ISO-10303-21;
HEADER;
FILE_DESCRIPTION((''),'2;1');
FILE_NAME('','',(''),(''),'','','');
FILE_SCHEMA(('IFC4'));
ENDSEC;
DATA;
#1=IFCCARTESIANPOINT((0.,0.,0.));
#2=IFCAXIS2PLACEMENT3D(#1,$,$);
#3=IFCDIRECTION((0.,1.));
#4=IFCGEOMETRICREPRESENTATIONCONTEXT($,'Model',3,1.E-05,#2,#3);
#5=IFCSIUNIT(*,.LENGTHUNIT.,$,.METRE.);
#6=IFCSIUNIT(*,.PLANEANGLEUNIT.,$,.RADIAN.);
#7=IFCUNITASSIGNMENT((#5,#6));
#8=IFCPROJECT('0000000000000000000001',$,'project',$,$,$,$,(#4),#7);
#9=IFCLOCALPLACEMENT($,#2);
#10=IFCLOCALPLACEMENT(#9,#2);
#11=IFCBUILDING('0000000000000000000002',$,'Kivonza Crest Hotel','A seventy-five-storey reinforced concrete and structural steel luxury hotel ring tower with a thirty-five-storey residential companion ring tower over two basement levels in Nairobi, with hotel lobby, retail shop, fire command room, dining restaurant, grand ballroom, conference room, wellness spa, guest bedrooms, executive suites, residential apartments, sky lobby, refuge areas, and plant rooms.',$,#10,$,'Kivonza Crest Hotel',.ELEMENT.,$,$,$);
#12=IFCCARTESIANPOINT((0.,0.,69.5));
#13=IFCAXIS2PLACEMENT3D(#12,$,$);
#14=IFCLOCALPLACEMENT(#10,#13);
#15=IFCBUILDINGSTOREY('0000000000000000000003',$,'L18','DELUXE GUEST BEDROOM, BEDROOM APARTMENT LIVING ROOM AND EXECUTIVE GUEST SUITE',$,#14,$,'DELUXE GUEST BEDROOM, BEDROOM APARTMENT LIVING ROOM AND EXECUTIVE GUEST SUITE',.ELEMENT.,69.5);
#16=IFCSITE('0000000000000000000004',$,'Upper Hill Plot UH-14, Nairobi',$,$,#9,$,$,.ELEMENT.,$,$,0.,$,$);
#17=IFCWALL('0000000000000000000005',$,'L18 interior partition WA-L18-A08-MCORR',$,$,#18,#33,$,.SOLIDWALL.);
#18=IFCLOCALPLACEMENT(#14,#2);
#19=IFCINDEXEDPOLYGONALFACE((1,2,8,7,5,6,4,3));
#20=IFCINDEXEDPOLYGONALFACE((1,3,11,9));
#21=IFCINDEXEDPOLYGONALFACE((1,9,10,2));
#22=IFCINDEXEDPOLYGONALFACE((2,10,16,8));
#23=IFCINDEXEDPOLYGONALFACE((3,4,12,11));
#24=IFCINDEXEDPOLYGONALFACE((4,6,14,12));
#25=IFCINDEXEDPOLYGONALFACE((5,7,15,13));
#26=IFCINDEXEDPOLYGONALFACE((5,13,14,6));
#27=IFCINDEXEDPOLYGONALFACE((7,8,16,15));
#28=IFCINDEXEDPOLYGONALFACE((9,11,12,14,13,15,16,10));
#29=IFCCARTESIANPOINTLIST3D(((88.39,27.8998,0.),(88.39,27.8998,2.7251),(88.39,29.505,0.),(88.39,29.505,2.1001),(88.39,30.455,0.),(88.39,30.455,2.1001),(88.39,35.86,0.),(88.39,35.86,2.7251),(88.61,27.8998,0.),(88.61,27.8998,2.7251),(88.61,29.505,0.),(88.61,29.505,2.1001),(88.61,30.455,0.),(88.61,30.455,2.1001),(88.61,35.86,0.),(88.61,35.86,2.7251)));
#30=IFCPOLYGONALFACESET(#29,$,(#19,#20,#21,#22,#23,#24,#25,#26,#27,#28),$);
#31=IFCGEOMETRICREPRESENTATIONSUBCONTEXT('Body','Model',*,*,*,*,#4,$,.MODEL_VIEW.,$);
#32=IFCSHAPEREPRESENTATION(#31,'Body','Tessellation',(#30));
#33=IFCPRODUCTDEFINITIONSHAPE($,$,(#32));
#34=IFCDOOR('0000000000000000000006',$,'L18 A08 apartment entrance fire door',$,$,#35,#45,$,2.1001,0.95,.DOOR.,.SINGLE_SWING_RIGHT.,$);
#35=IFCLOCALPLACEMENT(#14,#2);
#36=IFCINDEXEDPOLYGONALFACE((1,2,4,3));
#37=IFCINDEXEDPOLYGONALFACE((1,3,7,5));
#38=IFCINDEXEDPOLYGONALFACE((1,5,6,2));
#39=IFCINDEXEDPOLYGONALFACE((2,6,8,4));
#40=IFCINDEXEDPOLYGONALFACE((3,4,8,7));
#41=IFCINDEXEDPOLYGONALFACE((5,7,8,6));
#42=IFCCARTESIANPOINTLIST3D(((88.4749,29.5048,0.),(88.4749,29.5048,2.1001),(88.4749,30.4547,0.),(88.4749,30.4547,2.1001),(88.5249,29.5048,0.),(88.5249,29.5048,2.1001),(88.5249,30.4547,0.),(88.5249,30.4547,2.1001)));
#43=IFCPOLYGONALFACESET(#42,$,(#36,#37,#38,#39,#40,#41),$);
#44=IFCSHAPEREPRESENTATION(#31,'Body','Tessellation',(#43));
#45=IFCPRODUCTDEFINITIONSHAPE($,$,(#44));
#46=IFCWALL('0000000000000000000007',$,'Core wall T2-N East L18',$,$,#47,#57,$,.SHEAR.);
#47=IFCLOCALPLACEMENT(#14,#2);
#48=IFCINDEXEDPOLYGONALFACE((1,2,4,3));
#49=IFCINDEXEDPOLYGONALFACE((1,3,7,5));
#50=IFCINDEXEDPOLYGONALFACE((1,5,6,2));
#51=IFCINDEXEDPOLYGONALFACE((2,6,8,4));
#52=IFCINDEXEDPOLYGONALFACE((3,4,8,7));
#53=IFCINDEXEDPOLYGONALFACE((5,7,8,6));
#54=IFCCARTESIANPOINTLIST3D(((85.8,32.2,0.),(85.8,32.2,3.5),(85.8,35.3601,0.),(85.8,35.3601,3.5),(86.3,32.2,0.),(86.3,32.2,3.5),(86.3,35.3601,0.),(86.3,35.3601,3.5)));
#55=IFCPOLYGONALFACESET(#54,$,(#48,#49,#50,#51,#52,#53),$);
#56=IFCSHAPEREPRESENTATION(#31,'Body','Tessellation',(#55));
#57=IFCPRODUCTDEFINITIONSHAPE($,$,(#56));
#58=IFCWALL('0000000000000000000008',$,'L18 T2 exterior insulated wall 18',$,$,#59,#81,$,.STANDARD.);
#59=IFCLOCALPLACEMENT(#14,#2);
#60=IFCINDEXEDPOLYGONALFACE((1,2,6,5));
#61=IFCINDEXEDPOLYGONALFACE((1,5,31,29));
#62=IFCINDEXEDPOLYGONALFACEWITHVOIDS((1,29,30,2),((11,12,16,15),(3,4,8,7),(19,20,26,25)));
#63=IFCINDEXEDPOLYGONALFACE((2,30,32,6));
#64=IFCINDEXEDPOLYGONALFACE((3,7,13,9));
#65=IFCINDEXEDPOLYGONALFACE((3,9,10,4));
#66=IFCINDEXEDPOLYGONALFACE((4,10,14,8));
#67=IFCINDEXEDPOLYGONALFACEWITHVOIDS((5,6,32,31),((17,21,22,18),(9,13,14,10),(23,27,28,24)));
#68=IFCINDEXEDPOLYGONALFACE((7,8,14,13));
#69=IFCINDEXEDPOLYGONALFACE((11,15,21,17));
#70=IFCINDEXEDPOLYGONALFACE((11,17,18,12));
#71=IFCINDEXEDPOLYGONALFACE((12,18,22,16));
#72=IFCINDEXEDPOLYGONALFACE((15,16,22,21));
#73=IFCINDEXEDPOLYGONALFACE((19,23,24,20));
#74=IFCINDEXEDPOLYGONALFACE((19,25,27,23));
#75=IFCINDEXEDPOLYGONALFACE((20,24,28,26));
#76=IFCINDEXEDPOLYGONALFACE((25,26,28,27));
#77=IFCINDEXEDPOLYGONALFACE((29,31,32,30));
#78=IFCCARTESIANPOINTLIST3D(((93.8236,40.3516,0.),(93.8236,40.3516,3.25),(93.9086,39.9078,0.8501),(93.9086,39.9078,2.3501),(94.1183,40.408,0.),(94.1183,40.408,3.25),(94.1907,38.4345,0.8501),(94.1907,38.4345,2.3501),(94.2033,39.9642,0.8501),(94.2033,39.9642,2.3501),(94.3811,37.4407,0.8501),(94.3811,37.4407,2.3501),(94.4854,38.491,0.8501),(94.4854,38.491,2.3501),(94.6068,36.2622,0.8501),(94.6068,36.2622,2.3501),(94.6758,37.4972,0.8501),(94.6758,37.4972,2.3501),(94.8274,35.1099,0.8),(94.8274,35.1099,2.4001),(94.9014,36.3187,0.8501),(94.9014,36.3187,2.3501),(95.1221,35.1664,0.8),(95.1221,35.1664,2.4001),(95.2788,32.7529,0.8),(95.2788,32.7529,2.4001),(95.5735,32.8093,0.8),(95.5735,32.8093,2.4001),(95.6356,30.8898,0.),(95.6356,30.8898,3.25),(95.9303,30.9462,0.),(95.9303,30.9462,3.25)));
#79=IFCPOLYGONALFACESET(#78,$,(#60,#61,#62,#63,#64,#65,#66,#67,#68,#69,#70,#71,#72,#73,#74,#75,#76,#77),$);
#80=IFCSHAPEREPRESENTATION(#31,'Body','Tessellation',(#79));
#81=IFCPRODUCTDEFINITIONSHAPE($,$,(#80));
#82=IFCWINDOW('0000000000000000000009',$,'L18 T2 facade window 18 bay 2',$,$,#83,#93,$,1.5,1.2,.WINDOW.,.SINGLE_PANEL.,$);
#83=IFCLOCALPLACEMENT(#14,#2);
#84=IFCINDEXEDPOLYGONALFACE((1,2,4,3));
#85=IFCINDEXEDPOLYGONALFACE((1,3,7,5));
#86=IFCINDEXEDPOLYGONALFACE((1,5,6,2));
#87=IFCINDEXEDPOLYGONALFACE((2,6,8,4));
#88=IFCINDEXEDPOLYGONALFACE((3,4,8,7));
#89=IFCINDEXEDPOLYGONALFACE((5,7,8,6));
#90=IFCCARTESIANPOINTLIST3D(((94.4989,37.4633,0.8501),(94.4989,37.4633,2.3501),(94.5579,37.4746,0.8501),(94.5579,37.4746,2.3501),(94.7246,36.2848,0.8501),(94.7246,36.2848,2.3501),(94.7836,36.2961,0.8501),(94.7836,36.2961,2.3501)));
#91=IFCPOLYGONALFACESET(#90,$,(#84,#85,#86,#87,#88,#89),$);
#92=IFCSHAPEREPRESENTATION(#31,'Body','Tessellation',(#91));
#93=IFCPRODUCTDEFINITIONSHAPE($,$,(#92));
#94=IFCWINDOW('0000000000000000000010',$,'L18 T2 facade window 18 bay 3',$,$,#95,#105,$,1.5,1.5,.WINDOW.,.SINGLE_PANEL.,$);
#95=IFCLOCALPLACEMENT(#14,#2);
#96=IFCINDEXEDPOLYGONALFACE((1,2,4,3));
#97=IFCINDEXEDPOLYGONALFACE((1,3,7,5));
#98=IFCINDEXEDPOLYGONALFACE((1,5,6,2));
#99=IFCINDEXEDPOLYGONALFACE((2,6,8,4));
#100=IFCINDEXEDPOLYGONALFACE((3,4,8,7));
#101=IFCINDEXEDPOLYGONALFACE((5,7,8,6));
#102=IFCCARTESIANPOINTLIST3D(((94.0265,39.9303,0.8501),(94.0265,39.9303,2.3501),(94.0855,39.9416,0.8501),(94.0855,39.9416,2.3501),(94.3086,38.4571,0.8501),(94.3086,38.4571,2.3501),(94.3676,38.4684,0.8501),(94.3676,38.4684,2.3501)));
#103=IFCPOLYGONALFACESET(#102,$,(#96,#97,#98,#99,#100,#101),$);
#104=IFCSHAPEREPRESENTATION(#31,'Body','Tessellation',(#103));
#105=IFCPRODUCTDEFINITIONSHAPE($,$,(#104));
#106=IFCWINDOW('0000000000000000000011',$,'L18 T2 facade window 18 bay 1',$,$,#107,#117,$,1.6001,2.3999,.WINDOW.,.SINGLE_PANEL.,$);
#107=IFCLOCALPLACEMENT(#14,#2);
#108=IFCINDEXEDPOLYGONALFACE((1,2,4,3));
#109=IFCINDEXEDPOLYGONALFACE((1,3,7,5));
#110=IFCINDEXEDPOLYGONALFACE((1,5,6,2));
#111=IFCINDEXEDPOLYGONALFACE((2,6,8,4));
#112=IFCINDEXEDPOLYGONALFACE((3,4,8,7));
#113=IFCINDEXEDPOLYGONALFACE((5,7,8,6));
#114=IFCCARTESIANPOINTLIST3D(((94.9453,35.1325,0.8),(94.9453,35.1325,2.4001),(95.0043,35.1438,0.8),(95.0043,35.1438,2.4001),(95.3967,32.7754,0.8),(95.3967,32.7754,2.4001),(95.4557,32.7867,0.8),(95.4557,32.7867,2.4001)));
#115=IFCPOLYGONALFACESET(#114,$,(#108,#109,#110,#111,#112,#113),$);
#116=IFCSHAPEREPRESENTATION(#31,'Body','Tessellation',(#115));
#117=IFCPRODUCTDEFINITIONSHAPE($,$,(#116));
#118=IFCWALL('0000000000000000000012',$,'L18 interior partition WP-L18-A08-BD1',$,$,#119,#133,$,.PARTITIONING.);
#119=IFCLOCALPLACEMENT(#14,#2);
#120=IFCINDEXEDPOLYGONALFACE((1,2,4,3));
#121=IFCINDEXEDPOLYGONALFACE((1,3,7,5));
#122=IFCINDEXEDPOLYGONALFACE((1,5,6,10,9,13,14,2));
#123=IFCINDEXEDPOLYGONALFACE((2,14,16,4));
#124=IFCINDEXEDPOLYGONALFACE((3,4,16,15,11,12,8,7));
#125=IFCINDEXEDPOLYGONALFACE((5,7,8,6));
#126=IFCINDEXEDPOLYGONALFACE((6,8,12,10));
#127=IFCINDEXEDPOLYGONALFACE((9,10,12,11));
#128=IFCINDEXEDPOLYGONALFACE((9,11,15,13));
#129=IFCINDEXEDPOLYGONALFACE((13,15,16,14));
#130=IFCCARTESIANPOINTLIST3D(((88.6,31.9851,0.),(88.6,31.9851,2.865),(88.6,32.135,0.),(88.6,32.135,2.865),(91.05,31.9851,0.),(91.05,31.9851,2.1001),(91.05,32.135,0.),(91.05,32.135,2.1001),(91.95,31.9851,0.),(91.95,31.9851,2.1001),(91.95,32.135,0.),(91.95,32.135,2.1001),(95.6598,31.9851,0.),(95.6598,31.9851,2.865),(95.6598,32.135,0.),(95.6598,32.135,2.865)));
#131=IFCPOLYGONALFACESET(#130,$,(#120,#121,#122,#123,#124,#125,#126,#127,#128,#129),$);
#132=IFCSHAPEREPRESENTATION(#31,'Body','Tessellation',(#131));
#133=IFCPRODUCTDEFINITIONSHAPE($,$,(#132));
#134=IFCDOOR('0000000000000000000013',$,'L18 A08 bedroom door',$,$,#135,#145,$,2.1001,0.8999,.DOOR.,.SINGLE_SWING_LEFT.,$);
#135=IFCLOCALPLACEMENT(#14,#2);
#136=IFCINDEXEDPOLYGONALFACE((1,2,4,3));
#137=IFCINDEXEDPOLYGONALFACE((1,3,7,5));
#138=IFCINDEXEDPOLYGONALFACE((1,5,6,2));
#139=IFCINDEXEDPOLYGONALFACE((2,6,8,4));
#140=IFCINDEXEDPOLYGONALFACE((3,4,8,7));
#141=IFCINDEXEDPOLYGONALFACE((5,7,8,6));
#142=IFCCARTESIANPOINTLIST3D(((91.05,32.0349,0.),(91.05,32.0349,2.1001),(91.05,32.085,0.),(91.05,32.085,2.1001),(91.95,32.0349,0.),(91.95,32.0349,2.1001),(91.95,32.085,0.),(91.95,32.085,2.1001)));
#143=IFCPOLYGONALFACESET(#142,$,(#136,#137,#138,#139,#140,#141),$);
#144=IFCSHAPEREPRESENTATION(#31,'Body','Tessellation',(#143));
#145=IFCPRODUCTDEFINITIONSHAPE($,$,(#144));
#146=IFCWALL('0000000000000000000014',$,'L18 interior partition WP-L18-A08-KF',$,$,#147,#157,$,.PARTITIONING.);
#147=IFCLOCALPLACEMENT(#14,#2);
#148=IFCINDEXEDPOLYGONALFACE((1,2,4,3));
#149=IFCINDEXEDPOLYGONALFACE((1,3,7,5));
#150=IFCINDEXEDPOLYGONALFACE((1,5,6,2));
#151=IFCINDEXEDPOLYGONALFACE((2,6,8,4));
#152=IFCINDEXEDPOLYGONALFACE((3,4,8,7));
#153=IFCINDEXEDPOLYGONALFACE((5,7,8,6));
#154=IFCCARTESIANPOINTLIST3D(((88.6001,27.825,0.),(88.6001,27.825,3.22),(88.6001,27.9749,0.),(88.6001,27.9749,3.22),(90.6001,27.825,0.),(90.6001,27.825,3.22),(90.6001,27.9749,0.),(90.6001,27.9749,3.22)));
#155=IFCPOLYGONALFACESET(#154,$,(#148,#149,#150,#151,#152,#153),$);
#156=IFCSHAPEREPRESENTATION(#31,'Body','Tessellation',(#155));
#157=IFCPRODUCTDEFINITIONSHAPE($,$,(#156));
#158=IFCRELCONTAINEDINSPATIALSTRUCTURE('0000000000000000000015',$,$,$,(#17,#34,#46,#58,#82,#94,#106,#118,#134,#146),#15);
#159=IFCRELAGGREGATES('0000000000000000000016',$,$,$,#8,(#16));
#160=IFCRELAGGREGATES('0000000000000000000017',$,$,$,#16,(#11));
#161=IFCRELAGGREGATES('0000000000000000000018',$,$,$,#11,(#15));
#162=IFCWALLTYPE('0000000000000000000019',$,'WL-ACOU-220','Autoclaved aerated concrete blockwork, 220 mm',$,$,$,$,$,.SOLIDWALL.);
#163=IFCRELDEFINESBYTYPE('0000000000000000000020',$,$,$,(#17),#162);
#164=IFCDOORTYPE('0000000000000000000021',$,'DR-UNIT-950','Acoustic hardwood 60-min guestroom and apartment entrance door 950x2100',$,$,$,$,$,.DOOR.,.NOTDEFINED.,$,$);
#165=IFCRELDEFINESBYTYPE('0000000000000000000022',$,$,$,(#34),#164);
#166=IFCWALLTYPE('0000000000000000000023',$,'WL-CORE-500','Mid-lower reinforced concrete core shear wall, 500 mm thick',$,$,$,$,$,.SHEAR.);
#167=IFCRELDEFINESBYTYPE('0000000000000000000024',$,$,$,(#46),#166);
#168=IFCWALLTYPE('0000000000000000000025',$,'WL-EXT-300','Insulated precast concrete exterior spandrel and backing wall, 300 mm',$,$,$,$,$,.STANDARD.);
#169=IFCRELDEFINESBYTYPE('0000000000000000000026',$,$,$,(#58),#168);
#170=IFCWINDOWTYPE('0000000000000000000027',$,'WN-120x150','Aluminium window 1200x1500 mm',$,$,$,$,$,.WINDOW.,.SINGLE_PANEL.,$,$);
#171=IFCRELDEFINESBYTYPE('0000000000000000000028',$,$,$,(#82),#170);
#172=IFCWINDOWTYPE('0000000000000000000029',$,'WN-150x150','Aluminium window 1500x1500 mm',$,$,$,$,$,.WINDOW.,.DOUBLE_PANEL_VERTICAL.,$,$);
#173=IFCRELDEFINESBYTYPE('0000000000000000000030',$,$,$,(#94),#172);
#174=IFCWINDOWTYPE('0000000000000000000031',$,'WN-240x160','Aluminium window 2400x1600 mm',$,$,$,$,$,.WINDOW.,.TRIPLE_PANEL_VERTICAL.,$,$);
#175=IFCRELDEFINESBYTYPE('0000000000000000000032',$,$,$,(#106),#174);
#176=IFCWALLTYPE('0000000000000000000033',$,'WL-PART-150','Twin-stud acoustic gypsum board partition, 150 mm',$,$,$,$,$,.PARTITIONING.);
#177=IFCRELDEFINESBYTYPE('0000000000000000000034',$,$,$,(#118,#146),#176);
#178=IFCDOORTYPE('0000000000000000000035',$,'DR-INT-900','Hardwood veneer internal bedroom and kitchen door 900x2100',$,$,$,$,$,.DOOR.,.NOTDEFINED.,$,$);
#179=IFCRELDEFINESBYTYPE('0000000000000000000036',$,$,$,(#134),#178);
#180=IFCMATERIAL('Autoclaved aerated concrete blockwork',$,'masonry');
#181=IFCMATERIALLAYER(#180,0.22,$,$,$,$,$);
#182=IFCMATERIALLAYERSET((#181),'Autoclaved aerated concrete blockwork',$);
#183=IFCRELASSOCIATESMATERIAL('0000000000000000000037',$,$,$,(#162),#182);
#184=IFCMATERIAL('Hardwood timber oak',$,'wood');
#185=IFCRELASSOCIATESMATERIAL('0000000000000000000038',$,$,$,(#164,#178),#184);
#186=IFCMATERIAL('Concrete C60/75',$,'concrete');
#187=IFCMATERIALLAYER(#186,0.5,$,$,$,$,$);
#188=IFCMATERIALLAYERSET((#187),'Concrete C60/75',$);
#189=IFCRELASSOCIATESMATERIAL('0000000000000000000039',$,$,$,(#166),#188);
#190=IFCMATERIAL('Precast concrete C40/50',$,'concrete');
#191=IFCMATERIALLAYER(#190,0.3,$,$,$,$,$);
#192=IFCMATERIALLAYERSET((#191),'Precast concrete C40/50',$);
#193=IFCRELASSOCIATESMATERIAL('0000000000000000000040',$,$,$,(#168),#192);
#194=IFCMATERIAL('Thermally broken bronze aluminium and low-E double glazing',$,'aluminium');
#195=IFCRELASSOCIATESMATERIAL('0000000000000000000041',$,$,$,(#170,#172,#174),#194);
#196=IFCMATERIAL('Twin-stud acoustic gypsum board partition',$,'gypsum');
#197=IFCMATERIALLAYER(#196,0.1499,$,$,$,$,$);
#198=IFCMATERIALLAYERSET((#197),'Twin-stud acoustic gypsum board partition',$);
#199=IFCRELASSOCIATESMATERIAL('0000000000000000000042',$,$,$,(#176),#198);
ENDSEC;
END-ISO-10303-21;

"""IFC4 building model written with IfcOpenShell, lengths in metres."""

from ifc_helpers import new_model, si_unit, direction, frame, frame_2d, origin, place, context, subcontext, project, spatial, rectangle, extrude, material, layer, layer_set, type_object, element, fill, save


model = new_model("IFC4")

# Units and contexts
model_context = context("Model", 3, precision=1e-05, world=origin(), true_north=direction((0.0, 1.0)))
body_context = subcontext(model_context, "Body", "Model", "MODEL_VIEW")
ifc_project = project(units=[si_unit("LENGTHUNIT", "METRE"), si_unit("PLANEANGLEUNIT", "RADIAN")], contexts=[model_context])

# Site, building, storey
site_placement = place(None, origin())
site = spatial("IfcSite", under=ifc_project, at=site_placement, Name="Upper Hill Plot UH-14, Nairobi", CompositionType="ELEMENT", RefElevation=0.0)
building_placement = place(site_placement, origin())
building = spatial("IfcBuilding", under=site, at=building_placement, Name="Kivonza Crest Hotel", Description="A seventy-five-storey reinforced concrete and structural steel luxury hotel ring tower with a thirty-five-storey residential companion ring tower over two basement levels in Nairobi, with hotel lobby, retail shop, fire command room, dining restaurant, grand ballroom, conference room, wellness spa, guest bedrooms, executive suites, residential apartments, sky lobby, refuge areas, and plant rooms.", LongName="Kivonza Crest Hotel", CompositionType="ELEMENT")
storey_placement = place(building_placement, frame((0.0, 0.0, 69.5)))
storey = spatial("IfcBuildingStorey", under=building, at=storey_placement, Name="L18", Description="DELUXE GUEST BEDROOM, BEDROOM APARTMENT LIVING ROOM AND EXECUTIVE GUEST SUITE", LongName="DELUXE GUEST BEDROOM, BEDROOM APARTMENT LIVING ROOM AND EXECUTIVE GUEST SUITE", CompositionType="ELEMENT", Elevation=69.5)

# Shared definitions
ifc_material_1 = material(Name="Autoclaved aerated concrete blockwork", Category="masonry")
ifc_layer_1 = layer(ifc_material_1, 0.22)
ifc_layer_set_1 = layer_set([ifc_layer_1], Name="Autoclaved aerated concrete blockwork")
wall_type_1 = type_object("IfcWallType", Name="WL-ACOU-220", Description="Autoclaved aerated concrete blockwork, 220 mm", PredefinedType="SOLIDWALL", material=ifc_layer_set_1)

# Wall, opening, door
wall_1_placement = place(storey_placement, frame((88.5, 27.8999, 0.0), z_axis=(0.0, 0.0, 1.0), x_axis=(0.0, 1.0, 0.0)))
wall_1 = element("IfcWall", 1, at=wall_1_placement, inside=storey, type_object=wall_type_1, Name="L18 interior partition WA-L18-A08-MCORR", PredefinedType="SOLIDWALL", context=body_context, shape_type="SweptSolid", body=[
    extrude(rectangle(XDim=7.9602, YDim=0.22, at=frame_2d((3.98, 0.0))), origin(), (0.0, 0.0, 1.0), 2.7251),
])
opening_1_placement = place(wall_1_placement, frame((1.605, 0.0, 0.0)))
opening_1 = element("IfcOpeningElement", 2, at=opening_1_placement, cuts=wall_1, PredefinedType="OPENING", context=body_context, shape_type="SweptSolid", body=[
    extrude(rectangle(XDim=0.95, YDim=2.1001, at=frame_2d((0.4751, 1.05))), frame((0.0, 0.1201, 0.0), z_axis=(0.0, -1.0, 0.0), x_axis=(1.0, 0.0, 0.0)), (0.0, 0.0, 1.0), 0.24),
])
ifc_material_2 = material(Name="Hardwood timber oak", Category="wood")
door_type_1 = type_object("IfcDoorType", Name="DR-UNIT-950", Description="Acoustic hardwood 60-min guestroom and apartment entrance door 950x2100", OperationType="NOTDEFINED", PredefinedType="DOOR", material=ifc_material_2)
door_1_placement = place(opening_1_placement, frame((0.95, 0.0, 0.0), z_axis=(0.0, 0.0, 1.0), x_axis=(-1.0, 0.0, 0.0)))
door_1 = element("IfcDoor", 3, at=door_1_placement, inside=storey, type_object=door_type_1, Name="L18 A08 apartment entrance fire door", OperationType="SINGLE_SWING_RIGHT", OverallHeight=2.1001, OverallWidth=0.95, PredefinedType="DOOR", context=body_context, shape_type="SweptSolid", body=[
    extrude(rectangle(XDim=0.95, YDim=2.1001, at=frame_2d((0.4751, 1.05))), frame((0.0, 0.0249, 0.0), z_axis=(0.0, -1.0, 0.0), x_axis=(1.0, 0.0, 0.0)), (0.0, 0.0, 1.0), 0.05),
])
fill(opening_1, door_1)

# Wall
ifc_material_3 = material(Name="Concrete C60/75", Category="concrete")
ifc_layer_2 = layer(ifc_material_3, 0.5)
ifc_layer_set_2 = layer_set([ifc_layer_2], Name="Concrete C60/75")
wall_type_2 = type_object("IfcWallType", Name="WL-CORE-500", Description="Mid-lower reinforced concrete core shear wall, 500 mm thick", PredefinedType="SHEAR", material=ifc_layer_set_2)
wall_2_placement = place(storey_placement, frame((86.05, 32.2, 0.0), z_axis=(0.0, 0.0, 1.0), x_axis=(0.0, 1.0, 0.0)))
element("IfcWall", 4, at=wall_2_placement, inside=storey, type_object=wall_type_2, Name="Core wall T2-N East L18", PredefinedType="SHEAR", context=body_context, shape_type="SweptSolid", body=[
    extrude(rectangle(XDim=3.1602, YDim=0.5, at=frame_2d((1.5801, 0.0))), origin(), (0.0, 0.0, 1.0), 3.5),
])

# Wall, openings, windows
ifc_material_4 = material(Name="Precast concrete C40/50", Category="concrete")
ifc_layer_3 = layer(ifc_material_4, 0.3)
ifc_layer_set_3 = layer_set([ifc_layer_3], Name="Precast concrete C40/50")
wall_type_3 = type_object("IfcWallType", Name="WL-EXT-300", Description="Insulated precast concrete exterior spandrel and backing wall, 300 mm", PredefinedType="STANDARD", material=ifc_layer_set_3)
wall_3_placement = place(storey_placement, frame((95.783, 30.918, 0.0), z_axis=(0.0, 0.0, 1.0), x_axis=(-0.188088, 0.982152, 0.0)))
wall_3 = element("IfcWall", 5, at=wall_3_placement, inside=storey, type_object=wall_type_3, Name="L18 T2 exterior insulated wall 18", PredefinedType="STANDARD", context=body_context, shape_type="SweptSolid", body=[
    extrude(rectangle(XDim=9.6338, YDim=0.3, at=frame_2d((4.8169, 0.0))), origin(), (0.0, 0.0, 1.0), 3.25),
])
opening_2_placement = place(wall_3_placement, frame((1.897, 0.0, 0.8)))
opening_2 = element("IfcOpeningElement", 6, at=opening_2_placement, cuts=wall_3, PredefinedType="OPENING", context=body_context, shape_type="SweptSolid", body=[
    extrude(rectangle(XDim=2.3999, YDim=1.6001, at=frame_2d((1.2, 0.8))), frame((0.0, 0.1602, 0.0), z_axis=(0.0, -1.0, 0.0), x_axis=(1.0, 0.0, 0.0)), (0.0, 0.0, 1.0), 0.3201),
])
opening_3_placement = place(wall_3_placement, frame((5.47, 0.0, 0.8501)))
opening_3 = element("IfcOpeningElement", 7, at=opening_3_placement, cuts=wall_3, PredefinedType="OPENING", context=body_context, shape_type="SweptSolid", body=[
    extrude(rectangle(XDim=1.2, YDim=1.5, at=frame_2d((0.6001, 0.75))), frame((0.0, 0.1602, 0.0), z_axis=(0.0, -1.0, 0.0), x_axis=(1.0, 0.0, 0.0)), (0.0, 0.0, 1.0), 0.3201),
])
opening_4_placement = place(wall_3_placement, frame((7.6819, 0.0, 0.8501)))
opening_4 = element("IfcOpeningElement", 8, at=opening_4_placement, cuts=wall_3, PredefinedType="OPENING", context=body_context, shape_type="SweptSolid", body=[
    extrude(rectangle(XDim=1.5, YDim=1.5, at=frame_2d((0.75, 0.75))), frame((0.0, 0.1602, 0.0), z_axis=(0.0, -1.0, 0.0), x_axis=(1.0, 0.0, 0.0)), (0.0, 0.0, 1.0), 0.3201),
])
ifc_material_5 = material(Name="Thermally broken bronze aluminium and low-E double glazing", Category="aluminium")
window_type_1 = type_object("IfcWindowType", Name="WN-120x150", Description="Aluminium window 1200x1500 mm", PartitioningType="SINGLE_PANEL", PredefinedType="WINDOW", material=ifc_material_5)
window_1_placement = place(opening_3_placement, origin())
window_1 = element("IfcWindow", 9, at=window_1_placement, inside=storey, type_object=window_type_1, Name="L18 T2 facade window 18 bay 2", OverallHeight=1.5, OverallWidth=1.2, PartitioningType="SINGLE_PANEL", PredefinedType="WINDOW", context=body_context, shape_type="SweptSolid", body=[
    extrude(rectangle(XDim=1.2, YDim=1.5, at=frame_2d((0.6001, 0.75))), frame((0.0, 0.03, 0.0), z_axis=(0.0, -1.0, 0.0), x_axis=(1.0, 0.0, 0.0)), (0.0, 0.0, 1.0), 0.0601),
])
fill(opening_3, window_1)
window_type_2 = type_object("IfcWindowType", Name="WN-150x150", Description="Aluminium window 1500x1500 mm", PartitioningType="DOUBLE_PANEL_VERTICAL", PredefinedType="WINDOW", material=ifc_material_5)
window_2_placement = place(opening_4_placement, origin())
window_2 = element("IfcWindow", 10, at=window_2_placement, inside=storey, type_object=window_type_2, Name="L18 T2 facade window 18 bay 3", OverallHeight=1.5, OverallWidth=1.5, PartitioningType="SINGLE_PANEL", PredefinedType="WINDOW", context=body_context, shape_type="SweptSolid", body=[
    extrude(rectangle(XDim=1.5, YDim=1.5, at=frame_2d((0.75, 0.75))), frame((0.0, 0.03, 0.0), z_axis=(0.0, -1.0, 0.0), x_axis=(1.0, 0.0, 0.0)), (0.0, 0.0, 1.0), 0.0601),
])
fill(opening_4, window_2)
window_type_3 = type_object("IfcWindowType", Name="WN-240x160", Description="Aluminium window 2400x1600 mm", PartitioningType="TRIPLE_PANEL_VERTICAL", PredefinedType="WINDOW", material=ifc_material_5)
window_3_placement = place(opening_2_placement, origin())
window_3 = element("IfcWindow", 11, at=window_3_placement, inside=storey, type_object=window_type_3, Name="L18 T2 facade window 18 bay 1", OverallHeight=1.6001, OverallWidth=2.3999, PartitioningType="SINGLE_PANEL", PredefinedType="WINDOW", context=body_context, shape_type="SweptSolid", body=[
    extrude(rectangle(XDim=2.3999, YDim=1.6001, at=frame_2d((1.2, 0.8))), frame((0.0, 0.03, 0.0), z_axis=(0.0, -1.0, 0.0), x_axis=(1.0, 0.0, 0.0)), (0.0, 0.0, 1.0), 0.0601),
])
fill(opening_2, window_3)

# Wall, opening, door
ifc_material_6 = material(Name="Twin-stud acoustic gypsum board partition", Category="gypsum")
ifc_layer_4 = layer(ifc_material_6, 0.1499)
ifc_layer_set_4 = layer_set([ifc_layer_4], Name="Twin-stud acoustic gypsum board partition")
wall_type_4 = type_object("IfcWallType", Name="WL-PART-150", Description="Twin-stud acoustic gypsum board partition, 150 mm", PredefinedType="PARTITIONING", material=ifc_layer_set_4)
wall_4_placement = place(storey_placement, frame((88.6001, 32.0601, 0.0), z_axis=(0.0, 0.0, 1.0), x_axis=(1.0, 0.0, 0.0)))
wall_4 = element("IfcWall", 12, at=wall_4_placement, inside=storey, type_object=wall_type_4, Name="L18 interior partition WP-L18-A08-BD1", PredefinedType="PARTITIONING", context=body_context, shape_type="SweptSolid", body=[
    extrude(rectangle(XDim=7.0598, YDim=0.1499, at=frame_2d((3.5298, 0.0))), origin(), (0.0, 0.0, 1.0), 2.865),
])
opening_5_placement = place(wall_4_placement, frame((2.45, 0.0, 0.0)))
opening_5 = element("IfcOpeningElement", 13, at=opening_5_placement, cuts=wall_4, PredefinedType="OPENING", context=body_context, shape_type="SweptSolid", body=[
    extrude(rectangle(XDim=0.8999, YDim=2.1001, at=frame_2d((0.45, 1.05))), frame((0.0, 0.085, 0.0), z_axis=(0.0, -1.0, 0.0), x_axis=(1.0, 0.0, 0.0)), (0.0, 0.0, 1.0), 0.1699),
])
door_type_2 = type_object("IfcDoorType", Name="DR-INT-900", Description="Hardwood veneer internal bedroom and kitchen door 900x2100", OperationType="NOTDEFINED", PredefinedType="DOOR", material=ifc_material_2)
door_2_placement = place(opening_5_placement, origin())
door_2 = element("IfcDoor", 14, at=door_2_placement, inside=storey, type_object=door_type_2, Name="L18 A08 bedroom door", OperationType="SINGLE_SWING_LEFT", OverallHeight=2.1001, OverallWidth=0.8999, PredefinedType="DOOR", context=body_context, shape_type="SweptSolid", body=[
    extrude(rectangle(XDim=0.8999, YDim=2.1001, at=frame_2d((0.45, 1.05))), frame((0.0, 0.0249, 0.0), z_axis=(0.0, -1.0, 0.0), x_axis=(1.0, 0.0, 0.0)), (0.0, 0.0, 1.0), 0.05),
])
fill(opening_5, door_2)

# Wall
wall_5_placement = place(storey_placement, frame((88.6001, 27.8999, 0.0), z_axis=(0.0, 0.0, 1.0), x_axis=(1.0, 0.0, 0.0)))
element("IfcWall", 15, at=wall_5_placement, inside=storey, type_object=wall_type_4, Name="L18 interior partition WP-L18-A08-KF", PredefinedType="PARTITIONING", context=body_context, shape_type="SweptSolid", body=[
    extrude(rectangle(XDim=2.0, YDim=0.1499, at=frame_2d((1.0, 0.0))), origin(), (0.0, 0.0, 1.0), 3.22),
])

save(model, "model.ifc")
